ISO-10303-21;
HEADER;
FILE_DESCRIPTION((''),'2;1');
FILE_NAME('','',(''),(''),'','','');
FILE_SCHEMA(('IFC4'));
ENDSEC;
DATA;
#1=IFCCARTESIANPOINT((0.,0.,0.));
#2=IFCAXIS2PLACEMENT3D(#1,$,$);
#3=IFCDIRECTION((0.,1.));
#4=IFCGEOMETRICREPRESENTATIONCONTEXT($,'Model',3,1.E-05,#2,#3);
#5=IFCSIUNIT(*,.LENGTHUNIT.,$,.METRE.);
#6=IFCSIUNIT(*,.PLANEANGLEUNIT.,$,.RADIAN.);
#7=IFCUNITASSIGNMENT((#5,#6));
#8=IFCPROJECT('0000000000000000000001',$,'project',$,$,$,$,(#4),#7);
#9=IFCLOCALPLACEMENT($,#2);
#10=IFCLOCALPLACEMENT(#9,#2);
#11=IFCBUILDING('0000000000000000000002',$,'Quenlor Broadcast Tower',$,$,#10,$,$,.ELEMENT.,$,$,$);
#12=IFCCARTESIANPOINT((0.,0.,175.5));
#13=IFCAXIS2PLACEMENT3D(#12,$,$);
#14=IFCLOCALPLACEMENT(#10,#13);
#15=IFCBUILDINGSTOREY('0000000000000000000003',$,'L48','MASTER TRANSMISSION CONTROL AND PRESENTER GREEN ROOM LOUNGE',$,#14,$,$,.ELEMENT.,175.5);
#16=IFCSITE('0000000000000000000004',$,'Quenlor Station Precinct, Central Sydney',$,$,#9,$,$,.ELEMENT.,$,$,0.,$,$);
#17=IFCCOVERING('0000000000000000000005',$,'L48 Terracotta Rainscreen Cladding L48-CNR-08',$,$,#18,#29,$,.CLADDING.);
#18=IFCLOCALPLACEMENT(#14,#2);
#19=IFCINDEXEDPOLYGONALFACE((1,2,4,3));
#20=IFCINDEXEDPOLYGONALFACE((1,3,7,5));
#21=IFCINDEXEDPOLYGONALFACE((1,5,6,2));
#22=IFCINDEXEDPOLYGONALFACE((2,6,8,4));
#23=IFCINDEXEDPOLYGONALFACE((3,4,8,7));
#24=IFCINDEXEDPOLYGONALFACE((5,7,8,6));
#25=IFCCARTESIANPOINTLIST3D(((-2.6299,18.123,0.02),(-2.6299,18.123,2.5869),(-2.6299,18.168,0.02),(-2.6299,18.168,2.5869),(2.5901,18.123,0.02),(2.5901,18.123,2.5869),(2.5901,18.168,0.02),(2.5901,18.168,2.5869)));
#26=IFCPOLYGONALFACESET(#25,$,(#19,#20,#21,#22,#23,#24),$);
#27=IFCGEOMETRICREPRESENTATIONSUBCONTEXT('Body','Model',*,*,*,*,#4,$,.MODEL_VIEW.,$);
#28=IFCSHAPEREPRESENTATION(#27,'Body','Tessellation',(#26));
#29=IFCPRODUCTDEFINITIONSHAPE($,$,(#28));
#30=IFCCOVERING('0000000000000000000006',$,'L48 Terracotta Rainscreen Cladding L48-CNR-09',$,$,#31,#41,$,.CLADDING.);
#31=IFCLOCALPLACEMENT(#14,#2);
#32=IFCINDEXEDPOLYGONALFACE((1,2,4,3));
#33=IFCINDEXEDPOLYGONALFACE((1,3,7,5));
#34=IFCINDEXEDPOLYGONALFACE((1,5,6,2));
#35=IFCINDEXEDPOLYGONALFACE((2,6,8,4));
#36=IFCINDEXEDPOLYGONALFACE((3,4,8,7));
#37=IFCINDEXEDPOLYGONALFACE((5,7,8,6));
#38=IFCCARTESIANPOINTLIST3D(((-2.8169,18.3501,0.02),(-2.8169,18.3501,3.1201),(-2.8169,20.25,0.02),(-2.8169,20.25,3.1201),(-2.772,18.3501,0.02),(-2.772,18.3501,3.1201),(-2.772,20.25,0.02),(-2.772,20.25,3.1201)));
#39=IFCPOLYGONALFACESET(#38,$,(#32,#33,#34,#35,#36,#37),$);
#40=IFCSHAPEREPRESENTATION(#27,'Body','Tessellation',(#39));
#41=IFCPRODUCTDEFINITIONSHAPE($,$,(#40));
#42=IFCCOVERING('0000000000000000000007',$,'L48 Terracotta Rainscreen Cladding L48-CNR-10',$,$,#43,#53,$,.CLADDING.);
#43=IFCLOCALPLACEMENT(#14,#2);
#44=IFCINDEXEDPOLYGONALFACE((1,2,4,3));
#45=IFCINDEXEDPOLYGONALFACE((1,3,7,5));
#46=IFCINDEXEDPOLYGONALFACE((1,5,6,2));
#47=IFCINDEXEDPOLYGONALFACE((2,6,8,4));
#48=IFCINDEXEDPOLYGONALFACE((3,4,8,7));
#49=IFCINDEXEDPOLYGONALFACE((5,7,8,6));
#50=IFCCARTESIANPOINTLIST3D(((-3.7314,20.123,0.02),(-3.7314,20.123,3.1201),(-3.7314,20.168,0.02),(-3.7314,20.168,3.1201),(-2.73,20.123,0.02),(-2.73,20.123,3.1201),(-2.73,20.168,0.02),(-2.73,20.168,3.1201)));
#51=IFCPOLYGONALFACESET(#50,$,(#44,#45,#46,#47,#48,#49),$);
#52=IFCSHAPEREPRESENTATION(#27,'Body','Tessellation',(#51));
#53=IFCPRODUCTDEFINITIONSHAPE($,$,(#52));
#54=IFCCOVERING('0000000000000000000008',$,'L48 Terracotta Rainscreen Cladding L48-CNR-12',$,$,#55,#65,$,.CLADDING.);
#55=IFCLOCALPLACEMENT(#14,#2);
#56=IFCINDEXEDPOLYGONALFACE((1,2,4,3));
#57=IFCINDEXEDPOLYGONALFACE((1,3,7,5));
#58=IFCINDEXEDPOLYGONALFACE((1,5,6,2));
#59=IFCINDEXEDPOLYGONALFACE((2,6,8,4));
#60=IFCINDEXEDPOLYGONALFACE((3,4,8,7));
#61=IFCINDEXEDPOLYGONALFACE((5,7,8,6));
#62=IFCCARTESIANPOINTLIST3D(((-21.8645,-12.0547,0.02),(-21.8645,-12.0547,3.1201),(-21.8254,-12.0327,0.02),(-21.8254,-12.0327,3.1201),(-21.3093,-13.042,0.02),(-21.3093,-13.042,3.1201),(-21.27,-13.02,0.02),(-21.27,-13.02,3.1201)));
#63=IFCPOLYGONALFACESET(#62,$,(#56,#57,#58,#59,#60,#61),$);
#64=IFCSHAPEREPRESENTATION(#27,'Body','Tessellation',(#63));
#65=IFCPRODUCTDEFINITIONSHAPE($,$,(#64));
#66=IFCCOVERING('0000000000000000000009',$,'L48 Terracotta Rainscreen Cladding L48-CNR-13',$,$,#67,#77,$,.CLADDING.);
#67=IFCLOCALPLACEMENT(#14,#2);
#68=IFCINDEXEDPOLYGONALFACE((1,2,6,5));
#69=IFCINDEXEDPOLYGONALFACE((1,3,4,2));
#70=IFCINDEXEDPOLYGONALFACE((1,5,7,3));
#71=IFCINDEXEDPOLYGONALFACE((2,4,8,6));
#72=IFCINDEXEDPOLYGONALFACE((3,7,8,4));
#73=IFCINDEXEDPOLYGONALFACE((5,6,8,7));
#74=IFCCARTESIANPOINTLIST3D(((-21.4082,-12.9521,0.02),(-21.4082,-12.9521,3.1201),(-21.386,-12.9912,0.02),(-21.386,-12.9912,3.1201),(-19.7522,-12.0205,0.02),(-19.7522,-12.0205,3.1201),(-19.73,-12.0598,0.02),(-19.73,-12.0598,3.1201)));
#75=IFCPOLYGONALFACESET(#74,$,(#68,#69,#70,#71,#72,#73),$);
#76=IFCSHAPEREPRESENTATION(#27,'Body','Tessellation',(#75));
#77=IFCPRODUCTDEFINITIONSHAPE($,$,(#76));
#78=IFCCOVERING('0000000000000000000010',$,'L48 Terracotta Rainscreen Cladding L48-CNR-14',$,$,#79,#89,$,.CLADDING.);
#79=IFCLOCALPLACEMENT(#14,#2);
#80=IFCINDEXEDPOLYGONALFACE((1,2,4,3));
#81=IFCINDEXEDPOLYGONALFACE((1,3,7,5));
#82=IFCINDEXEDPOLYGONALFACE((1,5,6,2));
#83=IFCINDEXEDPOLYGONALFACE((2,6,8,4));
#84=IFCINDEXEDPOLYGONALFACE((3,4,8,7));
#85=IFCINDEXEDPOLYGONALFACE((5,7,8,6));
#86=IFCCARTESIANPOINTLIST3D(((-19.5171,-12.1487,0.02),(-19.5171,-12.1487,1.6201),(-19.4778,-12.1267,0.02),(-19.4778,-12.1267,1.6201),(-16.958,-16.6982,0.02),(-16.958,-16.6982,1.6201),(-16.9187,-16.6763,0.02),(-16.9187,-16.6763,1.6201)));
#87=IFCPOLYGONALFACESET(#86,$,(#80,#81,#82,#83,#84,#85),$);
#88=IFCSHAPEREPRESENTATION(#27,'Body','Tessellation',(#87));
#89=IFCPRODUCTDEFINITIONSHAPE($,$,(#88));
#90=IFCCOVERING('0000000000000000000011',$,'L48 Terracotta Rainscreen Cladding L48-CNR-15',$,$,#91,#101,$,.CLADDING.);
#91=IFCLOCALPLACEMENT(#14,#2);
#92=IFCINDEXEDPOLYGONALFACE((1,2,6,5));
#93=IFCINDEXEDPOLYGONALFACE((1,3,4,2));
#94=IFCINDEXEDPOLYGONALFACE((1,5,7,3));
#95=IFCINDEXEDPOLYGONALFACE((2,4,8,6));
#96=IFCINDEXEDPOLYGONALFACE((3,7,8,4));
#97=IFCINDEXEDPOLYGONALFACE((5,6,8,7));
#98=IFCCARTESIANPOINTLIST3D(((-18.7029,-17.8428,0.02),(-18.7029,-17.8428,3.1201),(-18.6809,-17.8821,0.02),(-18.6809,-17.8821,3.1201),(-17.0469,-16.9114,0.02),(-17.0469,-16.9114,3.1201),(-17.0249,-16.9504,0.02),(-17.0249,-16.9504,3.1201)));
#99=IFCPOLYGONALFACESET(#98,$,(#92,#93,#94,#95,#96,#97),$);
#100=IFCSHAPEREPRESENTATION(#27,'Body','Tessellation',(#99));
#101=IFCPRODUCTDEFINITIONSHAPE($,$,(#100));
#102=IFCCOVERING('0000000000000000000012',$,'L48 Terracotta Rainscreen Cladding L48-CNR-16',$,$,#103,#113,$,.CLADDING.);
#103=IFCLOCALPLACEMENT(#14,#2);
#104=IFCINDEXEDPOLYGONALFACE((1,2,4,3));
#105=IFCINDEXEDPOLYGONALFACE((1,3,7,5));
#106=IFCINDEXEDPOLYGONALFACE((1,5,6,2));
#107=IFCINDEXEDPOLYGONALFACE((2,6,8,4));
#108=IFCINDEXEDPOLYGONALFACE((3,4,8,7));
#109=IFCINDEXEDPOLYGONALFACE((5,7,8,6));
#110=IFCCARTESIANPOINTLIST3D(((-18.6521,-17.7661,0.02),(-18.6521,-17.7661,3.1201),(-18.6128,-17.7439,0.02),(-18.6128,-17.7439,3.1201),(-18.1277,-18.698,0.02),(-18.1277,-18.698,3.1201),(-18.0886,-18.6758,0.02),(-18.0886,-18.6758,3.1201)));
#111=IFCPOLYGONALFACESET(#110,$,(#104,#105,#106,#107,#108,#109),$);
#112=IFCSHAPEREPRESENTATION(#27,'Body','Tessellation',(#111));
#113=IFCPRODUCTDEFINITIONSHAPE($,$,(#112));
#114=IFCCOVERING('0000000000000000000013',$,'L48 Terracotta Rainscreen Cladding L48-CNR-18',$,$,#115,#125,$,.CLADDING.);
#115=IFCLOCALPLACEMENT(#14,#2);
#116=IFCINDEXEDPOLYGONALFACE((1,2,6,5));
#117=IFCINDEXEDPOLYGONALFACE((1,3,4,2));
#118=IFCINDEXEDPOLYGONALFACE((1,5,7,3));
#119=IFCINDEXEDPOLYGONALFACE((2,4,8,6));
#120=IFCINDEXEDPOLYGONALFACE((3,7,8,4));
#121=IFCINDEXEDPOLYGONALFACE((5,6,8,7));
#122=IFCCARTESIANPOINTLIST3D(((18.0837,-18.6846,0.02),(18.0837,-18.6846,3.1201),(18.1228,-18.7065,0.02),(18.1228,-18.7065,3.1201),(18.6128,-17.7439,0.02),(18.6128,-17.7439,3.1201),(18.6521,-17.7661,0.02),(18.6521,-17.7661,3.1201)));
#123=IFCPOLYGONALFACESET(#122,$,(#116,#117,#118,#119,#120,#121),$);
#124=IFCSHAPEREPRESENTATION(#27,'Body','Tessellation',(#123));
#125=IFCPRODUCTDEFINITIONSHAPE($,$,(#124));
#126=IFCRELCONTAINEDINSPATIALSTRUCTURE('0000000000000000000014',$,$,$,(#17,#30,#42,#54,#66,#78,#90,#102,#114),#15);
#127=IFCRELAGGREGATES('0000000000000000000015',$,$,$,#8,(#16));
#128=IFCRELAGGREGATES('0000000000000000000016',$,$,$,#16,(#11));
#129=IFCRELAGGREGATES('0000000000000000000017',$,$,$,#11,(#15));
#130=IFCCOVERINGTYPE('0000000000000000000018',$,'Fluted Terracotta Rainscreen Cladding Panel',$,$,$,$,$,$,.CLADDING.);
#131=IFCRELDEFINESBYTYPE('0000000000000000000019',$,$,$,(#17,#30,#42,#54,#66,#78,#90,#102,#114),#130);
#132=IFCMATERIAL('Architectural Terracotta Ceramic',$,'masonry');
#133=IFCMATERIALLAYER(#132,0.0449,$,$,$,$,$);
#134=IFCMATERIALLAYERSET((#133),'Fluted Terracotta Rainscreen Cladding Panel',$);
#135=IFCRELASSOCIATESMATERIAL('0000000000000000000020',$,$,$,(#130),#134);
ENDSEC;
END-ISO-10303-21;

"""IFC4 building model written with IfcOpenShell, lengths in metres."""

from ifc_helpers import new_model, si_unit, direction, frame, origin, place, context, subcontext, project, spatial, polyline, outline, extrude, material, layer, layer_set, type_object, element, save


model = new_model("IFC4")

# Units and contexts
model_context = context("Model", 3, precision=1e-05, world=origin(), true_north=direction((0.0, 1.0)))
body_context = subcontext(model_context, "Body", "Model", "MODEL_VIEW")
ifc_project = project(units=[si_unit("LENGTHUNIT", "METRE"), si_unit("PLANEANGLEUNIT", "RADIAN")], contexts=[model_context])

# Site, building, storey
site_placement = place(None, origin())
site = spatial("IfcSite", under=ifc_project, at=site_placement, Name="Quenlor Station Precinct, Central Sydney", CompositionType="ELEMENT", RefElevation=0.0)
building_placement = place(site_placement, origin())
building = spatial("IfcBuilding", under=site, at=building_placement, Name="Quenlor Broadcast Tower", CompositionType="ELEMENT")
storey_placement = place(building_placement, frame((0.0, 0.0, 175.5)))
storey = spatial("IfcBuildingStorey", under=building, at=storey_placement, Name="L48", Description="MASTER TRANSMISSION CONTROL AND PRESENTER GREEN ROOM LOUNGE", CompositionType="ELEMENT", Elevation=175.5)

# Coverings
ifc_material_1 = material(Name="Architectural Terracotta Ceramic", Category="masonry")
ifc_layer_1 = layer(ifc_material_1, 0.0449)
ifc_layer_set_1 = layer_set([ifc_layer_1], Name="Fluted Terracotta Rainscreen Cladding Panel")
covering_type = type_object("IfcCoveringType", Name="Fluted Terracotta Rainscreen Cladding Panel", PredefinedType="CLADDING", material=ifc_layer_set_1)
covering_1_placement = place(storey_placement, frame((0.0, 0.0, 0.02)))
element("IfcCovering", 1, at=covering_1_placement, inside=storey, type_object=covering_type, Name="L48 Terracotta Rainscreen Cladding L48-CNR-08", PredefinedType="CLADDING", context=body_context, shape_type="SweptSolid", body=[
    extrude(outline(polyline([(2.5901, 18.168), (-2.6299, 18.168), (-2.6299, 18.123), (2.5901, 18.123), (2.5901, 18.168)])), origin(), (0.0, 0.0, 1.0), 2.5669),
])
covering_2_placement = place(storey_placement, frame((0.0, 0.0, 0.02)))
element("IfcCovering", 2, at=covering_2_placement, inside=storey, type_object=covering_type, Name="L48 Terracotta Rainscreen Cladding L48-CNR-09", PredefinedType="CLADDING", context=body_context, shape_type="SweptSolid", body=[
    extrude(outline(polyline([(-2.772, 18.3501), (-2.772, 20.25), (-2.8169, 20.25), (-2.8169, 18.3501), (-2.772, 18.3501)])), origin(), (0.0, 0.0, 1.0), 3.1001),
])
covering_3_placement = place(storey_placement, frame((0.0, 0.0, 0.02)))
element("IfcCovering", 3, at=covering_3_placement, inside=storey, type_object=covering_type, Name="L48 Terracotta Rainscreen Cladding L48-CNR-10", PredefinedType="CLADDING", context=body_context, shape_type="SweptSolid", body=[
    extrude(outline(polyline([(-2.73, 20.168), (-3.7314, 20.168), (-3.7314, 20.123), (-2.73, 20.123), (-2.73, 20.168)])), origin(), (0.0, 0.0, 1.0), 3.1001),
])
covering_4_placement = place(storey_placement, frame((0.0, 0.0, 0.02)))
element("IfcCovering", 4, at=covering_4_placement, inside=storey, type_object=covering_type, Name="L48 Terracotta Rainscreen Cladding L48-CNR-12", PredefinedType="CLADDING", context=body_context, shape_type="SweptSolid", body=[
    extrude(outline(polyline([(-21.8645, -12.0547), (-21.3093, -13.042), (-21.27, -13.02), (-21.8254, -12.0327), (-21.8645, -12.0547)])), origin(), (0.0, 0.0, 1.0), 3.1001),
])
covering_5_placement = place(storey_placement, frame((0.0, 0.0, 0.02)))
element("IfcCovering", 5, at=covering_5_placement, inside=storey, type_object=covering_type, Name="L48 Terracotta Rainscreen Cladding L48-CNR-13", PredefinedType="CLADDING", context=body_context, shape_type="SweptSolid", body=[
    extrude(outline(polyline([(-21.386, -12.9912), (-19.73, -12.0598), (-19.7522, -12.0205), (-21.4082, -12.9521), (-21.386, -12.9912)])), origin(), (0.0, 0.0, 1.0), 3.1001),
])
covering_6_placement = place(storey_placement, frame((0.0, 0.0, 0.02)))
element("IfcCovering", 6, at=covering_6_placement, inside=storey, type_object=covering_type, Name="L48 Terracotta Rainscreen Cladding L48-CNR-14", PredefinedType="CLADDING", context=body_context, shape_type="SweptSolid", body=[
    extrude(outline(polyline([(-19.5171, -12.1487), (-16.958, -16.6982), (-16.9187, -16.6763), (-19.4778, -12.1267), (-19.5171, -12.1487)])), origin(), (0.0, 0.0, 1.0), 1.6001),
])
covering_7_placement = place(storey_placement, frame((0.0, 0.0, 0.02)))
element("IfcCovering", 7, at=covering_7_placement, inside=storey, type_object=covering_type, Name="L48 Terracotta Rainscreen Cladding L48-CNR-15", PredefinedType="CLADDING", context=body_context, shape_type="SweptSolid", body=[
    extrude(outline(polyline([(-17.0469, -16.9114), (-18.7029, -17.8428), (-18.6809, -17.8821), (-17.0249, -16.9504), (-17.0469, -16.9114)])), origin(), (0.0, 0.0, 1.0), 3.1001),
])
covering_8_placement = place(storey_placement, frame((0.0, 0.0, 0.02)))
element("IfcCovering", 8, at=covering_8_placement, inside=storey, type_object=covering_type, Name="L48 Terracotta Rainscreen Cladding L48-CNR-16", PredefinedType="CLADDING", context=body_context, shape_type="SweptSolid", body=[
    extrude(outline(polyline([(-18.6521, -17.7661), (-18.1277, -18.698), (-18.0886, -18.6758), (-18.6128, -17.7439), (-18.6521, -17.7661)])), origin(), (0.0, 0.0, 1.0), 3.1001),
])
covering_9_placement = place(storey_placement, frame((0.0, 0.0, 0.02)))
element("IfcCovering", 9, at=covering_9_placement, inside=storey, type_object=covering_type, Name="L48 Terracotta Rainscreen Cladding L48-CNR-18", PredefinedType="CLADDING", context=body_context, shape_type="SweptSolid", body=[
    extrude(outline(polyline([(18.1228, -18.7065), (18.6521, -17.7661), (18.6128, -17.7439), (18.0837, -18.6846), (18.1228, -18.7065)])), origin(), (0.0, 0.0, 1.0), 3.1001),
])

save(model, "model.ifc")
